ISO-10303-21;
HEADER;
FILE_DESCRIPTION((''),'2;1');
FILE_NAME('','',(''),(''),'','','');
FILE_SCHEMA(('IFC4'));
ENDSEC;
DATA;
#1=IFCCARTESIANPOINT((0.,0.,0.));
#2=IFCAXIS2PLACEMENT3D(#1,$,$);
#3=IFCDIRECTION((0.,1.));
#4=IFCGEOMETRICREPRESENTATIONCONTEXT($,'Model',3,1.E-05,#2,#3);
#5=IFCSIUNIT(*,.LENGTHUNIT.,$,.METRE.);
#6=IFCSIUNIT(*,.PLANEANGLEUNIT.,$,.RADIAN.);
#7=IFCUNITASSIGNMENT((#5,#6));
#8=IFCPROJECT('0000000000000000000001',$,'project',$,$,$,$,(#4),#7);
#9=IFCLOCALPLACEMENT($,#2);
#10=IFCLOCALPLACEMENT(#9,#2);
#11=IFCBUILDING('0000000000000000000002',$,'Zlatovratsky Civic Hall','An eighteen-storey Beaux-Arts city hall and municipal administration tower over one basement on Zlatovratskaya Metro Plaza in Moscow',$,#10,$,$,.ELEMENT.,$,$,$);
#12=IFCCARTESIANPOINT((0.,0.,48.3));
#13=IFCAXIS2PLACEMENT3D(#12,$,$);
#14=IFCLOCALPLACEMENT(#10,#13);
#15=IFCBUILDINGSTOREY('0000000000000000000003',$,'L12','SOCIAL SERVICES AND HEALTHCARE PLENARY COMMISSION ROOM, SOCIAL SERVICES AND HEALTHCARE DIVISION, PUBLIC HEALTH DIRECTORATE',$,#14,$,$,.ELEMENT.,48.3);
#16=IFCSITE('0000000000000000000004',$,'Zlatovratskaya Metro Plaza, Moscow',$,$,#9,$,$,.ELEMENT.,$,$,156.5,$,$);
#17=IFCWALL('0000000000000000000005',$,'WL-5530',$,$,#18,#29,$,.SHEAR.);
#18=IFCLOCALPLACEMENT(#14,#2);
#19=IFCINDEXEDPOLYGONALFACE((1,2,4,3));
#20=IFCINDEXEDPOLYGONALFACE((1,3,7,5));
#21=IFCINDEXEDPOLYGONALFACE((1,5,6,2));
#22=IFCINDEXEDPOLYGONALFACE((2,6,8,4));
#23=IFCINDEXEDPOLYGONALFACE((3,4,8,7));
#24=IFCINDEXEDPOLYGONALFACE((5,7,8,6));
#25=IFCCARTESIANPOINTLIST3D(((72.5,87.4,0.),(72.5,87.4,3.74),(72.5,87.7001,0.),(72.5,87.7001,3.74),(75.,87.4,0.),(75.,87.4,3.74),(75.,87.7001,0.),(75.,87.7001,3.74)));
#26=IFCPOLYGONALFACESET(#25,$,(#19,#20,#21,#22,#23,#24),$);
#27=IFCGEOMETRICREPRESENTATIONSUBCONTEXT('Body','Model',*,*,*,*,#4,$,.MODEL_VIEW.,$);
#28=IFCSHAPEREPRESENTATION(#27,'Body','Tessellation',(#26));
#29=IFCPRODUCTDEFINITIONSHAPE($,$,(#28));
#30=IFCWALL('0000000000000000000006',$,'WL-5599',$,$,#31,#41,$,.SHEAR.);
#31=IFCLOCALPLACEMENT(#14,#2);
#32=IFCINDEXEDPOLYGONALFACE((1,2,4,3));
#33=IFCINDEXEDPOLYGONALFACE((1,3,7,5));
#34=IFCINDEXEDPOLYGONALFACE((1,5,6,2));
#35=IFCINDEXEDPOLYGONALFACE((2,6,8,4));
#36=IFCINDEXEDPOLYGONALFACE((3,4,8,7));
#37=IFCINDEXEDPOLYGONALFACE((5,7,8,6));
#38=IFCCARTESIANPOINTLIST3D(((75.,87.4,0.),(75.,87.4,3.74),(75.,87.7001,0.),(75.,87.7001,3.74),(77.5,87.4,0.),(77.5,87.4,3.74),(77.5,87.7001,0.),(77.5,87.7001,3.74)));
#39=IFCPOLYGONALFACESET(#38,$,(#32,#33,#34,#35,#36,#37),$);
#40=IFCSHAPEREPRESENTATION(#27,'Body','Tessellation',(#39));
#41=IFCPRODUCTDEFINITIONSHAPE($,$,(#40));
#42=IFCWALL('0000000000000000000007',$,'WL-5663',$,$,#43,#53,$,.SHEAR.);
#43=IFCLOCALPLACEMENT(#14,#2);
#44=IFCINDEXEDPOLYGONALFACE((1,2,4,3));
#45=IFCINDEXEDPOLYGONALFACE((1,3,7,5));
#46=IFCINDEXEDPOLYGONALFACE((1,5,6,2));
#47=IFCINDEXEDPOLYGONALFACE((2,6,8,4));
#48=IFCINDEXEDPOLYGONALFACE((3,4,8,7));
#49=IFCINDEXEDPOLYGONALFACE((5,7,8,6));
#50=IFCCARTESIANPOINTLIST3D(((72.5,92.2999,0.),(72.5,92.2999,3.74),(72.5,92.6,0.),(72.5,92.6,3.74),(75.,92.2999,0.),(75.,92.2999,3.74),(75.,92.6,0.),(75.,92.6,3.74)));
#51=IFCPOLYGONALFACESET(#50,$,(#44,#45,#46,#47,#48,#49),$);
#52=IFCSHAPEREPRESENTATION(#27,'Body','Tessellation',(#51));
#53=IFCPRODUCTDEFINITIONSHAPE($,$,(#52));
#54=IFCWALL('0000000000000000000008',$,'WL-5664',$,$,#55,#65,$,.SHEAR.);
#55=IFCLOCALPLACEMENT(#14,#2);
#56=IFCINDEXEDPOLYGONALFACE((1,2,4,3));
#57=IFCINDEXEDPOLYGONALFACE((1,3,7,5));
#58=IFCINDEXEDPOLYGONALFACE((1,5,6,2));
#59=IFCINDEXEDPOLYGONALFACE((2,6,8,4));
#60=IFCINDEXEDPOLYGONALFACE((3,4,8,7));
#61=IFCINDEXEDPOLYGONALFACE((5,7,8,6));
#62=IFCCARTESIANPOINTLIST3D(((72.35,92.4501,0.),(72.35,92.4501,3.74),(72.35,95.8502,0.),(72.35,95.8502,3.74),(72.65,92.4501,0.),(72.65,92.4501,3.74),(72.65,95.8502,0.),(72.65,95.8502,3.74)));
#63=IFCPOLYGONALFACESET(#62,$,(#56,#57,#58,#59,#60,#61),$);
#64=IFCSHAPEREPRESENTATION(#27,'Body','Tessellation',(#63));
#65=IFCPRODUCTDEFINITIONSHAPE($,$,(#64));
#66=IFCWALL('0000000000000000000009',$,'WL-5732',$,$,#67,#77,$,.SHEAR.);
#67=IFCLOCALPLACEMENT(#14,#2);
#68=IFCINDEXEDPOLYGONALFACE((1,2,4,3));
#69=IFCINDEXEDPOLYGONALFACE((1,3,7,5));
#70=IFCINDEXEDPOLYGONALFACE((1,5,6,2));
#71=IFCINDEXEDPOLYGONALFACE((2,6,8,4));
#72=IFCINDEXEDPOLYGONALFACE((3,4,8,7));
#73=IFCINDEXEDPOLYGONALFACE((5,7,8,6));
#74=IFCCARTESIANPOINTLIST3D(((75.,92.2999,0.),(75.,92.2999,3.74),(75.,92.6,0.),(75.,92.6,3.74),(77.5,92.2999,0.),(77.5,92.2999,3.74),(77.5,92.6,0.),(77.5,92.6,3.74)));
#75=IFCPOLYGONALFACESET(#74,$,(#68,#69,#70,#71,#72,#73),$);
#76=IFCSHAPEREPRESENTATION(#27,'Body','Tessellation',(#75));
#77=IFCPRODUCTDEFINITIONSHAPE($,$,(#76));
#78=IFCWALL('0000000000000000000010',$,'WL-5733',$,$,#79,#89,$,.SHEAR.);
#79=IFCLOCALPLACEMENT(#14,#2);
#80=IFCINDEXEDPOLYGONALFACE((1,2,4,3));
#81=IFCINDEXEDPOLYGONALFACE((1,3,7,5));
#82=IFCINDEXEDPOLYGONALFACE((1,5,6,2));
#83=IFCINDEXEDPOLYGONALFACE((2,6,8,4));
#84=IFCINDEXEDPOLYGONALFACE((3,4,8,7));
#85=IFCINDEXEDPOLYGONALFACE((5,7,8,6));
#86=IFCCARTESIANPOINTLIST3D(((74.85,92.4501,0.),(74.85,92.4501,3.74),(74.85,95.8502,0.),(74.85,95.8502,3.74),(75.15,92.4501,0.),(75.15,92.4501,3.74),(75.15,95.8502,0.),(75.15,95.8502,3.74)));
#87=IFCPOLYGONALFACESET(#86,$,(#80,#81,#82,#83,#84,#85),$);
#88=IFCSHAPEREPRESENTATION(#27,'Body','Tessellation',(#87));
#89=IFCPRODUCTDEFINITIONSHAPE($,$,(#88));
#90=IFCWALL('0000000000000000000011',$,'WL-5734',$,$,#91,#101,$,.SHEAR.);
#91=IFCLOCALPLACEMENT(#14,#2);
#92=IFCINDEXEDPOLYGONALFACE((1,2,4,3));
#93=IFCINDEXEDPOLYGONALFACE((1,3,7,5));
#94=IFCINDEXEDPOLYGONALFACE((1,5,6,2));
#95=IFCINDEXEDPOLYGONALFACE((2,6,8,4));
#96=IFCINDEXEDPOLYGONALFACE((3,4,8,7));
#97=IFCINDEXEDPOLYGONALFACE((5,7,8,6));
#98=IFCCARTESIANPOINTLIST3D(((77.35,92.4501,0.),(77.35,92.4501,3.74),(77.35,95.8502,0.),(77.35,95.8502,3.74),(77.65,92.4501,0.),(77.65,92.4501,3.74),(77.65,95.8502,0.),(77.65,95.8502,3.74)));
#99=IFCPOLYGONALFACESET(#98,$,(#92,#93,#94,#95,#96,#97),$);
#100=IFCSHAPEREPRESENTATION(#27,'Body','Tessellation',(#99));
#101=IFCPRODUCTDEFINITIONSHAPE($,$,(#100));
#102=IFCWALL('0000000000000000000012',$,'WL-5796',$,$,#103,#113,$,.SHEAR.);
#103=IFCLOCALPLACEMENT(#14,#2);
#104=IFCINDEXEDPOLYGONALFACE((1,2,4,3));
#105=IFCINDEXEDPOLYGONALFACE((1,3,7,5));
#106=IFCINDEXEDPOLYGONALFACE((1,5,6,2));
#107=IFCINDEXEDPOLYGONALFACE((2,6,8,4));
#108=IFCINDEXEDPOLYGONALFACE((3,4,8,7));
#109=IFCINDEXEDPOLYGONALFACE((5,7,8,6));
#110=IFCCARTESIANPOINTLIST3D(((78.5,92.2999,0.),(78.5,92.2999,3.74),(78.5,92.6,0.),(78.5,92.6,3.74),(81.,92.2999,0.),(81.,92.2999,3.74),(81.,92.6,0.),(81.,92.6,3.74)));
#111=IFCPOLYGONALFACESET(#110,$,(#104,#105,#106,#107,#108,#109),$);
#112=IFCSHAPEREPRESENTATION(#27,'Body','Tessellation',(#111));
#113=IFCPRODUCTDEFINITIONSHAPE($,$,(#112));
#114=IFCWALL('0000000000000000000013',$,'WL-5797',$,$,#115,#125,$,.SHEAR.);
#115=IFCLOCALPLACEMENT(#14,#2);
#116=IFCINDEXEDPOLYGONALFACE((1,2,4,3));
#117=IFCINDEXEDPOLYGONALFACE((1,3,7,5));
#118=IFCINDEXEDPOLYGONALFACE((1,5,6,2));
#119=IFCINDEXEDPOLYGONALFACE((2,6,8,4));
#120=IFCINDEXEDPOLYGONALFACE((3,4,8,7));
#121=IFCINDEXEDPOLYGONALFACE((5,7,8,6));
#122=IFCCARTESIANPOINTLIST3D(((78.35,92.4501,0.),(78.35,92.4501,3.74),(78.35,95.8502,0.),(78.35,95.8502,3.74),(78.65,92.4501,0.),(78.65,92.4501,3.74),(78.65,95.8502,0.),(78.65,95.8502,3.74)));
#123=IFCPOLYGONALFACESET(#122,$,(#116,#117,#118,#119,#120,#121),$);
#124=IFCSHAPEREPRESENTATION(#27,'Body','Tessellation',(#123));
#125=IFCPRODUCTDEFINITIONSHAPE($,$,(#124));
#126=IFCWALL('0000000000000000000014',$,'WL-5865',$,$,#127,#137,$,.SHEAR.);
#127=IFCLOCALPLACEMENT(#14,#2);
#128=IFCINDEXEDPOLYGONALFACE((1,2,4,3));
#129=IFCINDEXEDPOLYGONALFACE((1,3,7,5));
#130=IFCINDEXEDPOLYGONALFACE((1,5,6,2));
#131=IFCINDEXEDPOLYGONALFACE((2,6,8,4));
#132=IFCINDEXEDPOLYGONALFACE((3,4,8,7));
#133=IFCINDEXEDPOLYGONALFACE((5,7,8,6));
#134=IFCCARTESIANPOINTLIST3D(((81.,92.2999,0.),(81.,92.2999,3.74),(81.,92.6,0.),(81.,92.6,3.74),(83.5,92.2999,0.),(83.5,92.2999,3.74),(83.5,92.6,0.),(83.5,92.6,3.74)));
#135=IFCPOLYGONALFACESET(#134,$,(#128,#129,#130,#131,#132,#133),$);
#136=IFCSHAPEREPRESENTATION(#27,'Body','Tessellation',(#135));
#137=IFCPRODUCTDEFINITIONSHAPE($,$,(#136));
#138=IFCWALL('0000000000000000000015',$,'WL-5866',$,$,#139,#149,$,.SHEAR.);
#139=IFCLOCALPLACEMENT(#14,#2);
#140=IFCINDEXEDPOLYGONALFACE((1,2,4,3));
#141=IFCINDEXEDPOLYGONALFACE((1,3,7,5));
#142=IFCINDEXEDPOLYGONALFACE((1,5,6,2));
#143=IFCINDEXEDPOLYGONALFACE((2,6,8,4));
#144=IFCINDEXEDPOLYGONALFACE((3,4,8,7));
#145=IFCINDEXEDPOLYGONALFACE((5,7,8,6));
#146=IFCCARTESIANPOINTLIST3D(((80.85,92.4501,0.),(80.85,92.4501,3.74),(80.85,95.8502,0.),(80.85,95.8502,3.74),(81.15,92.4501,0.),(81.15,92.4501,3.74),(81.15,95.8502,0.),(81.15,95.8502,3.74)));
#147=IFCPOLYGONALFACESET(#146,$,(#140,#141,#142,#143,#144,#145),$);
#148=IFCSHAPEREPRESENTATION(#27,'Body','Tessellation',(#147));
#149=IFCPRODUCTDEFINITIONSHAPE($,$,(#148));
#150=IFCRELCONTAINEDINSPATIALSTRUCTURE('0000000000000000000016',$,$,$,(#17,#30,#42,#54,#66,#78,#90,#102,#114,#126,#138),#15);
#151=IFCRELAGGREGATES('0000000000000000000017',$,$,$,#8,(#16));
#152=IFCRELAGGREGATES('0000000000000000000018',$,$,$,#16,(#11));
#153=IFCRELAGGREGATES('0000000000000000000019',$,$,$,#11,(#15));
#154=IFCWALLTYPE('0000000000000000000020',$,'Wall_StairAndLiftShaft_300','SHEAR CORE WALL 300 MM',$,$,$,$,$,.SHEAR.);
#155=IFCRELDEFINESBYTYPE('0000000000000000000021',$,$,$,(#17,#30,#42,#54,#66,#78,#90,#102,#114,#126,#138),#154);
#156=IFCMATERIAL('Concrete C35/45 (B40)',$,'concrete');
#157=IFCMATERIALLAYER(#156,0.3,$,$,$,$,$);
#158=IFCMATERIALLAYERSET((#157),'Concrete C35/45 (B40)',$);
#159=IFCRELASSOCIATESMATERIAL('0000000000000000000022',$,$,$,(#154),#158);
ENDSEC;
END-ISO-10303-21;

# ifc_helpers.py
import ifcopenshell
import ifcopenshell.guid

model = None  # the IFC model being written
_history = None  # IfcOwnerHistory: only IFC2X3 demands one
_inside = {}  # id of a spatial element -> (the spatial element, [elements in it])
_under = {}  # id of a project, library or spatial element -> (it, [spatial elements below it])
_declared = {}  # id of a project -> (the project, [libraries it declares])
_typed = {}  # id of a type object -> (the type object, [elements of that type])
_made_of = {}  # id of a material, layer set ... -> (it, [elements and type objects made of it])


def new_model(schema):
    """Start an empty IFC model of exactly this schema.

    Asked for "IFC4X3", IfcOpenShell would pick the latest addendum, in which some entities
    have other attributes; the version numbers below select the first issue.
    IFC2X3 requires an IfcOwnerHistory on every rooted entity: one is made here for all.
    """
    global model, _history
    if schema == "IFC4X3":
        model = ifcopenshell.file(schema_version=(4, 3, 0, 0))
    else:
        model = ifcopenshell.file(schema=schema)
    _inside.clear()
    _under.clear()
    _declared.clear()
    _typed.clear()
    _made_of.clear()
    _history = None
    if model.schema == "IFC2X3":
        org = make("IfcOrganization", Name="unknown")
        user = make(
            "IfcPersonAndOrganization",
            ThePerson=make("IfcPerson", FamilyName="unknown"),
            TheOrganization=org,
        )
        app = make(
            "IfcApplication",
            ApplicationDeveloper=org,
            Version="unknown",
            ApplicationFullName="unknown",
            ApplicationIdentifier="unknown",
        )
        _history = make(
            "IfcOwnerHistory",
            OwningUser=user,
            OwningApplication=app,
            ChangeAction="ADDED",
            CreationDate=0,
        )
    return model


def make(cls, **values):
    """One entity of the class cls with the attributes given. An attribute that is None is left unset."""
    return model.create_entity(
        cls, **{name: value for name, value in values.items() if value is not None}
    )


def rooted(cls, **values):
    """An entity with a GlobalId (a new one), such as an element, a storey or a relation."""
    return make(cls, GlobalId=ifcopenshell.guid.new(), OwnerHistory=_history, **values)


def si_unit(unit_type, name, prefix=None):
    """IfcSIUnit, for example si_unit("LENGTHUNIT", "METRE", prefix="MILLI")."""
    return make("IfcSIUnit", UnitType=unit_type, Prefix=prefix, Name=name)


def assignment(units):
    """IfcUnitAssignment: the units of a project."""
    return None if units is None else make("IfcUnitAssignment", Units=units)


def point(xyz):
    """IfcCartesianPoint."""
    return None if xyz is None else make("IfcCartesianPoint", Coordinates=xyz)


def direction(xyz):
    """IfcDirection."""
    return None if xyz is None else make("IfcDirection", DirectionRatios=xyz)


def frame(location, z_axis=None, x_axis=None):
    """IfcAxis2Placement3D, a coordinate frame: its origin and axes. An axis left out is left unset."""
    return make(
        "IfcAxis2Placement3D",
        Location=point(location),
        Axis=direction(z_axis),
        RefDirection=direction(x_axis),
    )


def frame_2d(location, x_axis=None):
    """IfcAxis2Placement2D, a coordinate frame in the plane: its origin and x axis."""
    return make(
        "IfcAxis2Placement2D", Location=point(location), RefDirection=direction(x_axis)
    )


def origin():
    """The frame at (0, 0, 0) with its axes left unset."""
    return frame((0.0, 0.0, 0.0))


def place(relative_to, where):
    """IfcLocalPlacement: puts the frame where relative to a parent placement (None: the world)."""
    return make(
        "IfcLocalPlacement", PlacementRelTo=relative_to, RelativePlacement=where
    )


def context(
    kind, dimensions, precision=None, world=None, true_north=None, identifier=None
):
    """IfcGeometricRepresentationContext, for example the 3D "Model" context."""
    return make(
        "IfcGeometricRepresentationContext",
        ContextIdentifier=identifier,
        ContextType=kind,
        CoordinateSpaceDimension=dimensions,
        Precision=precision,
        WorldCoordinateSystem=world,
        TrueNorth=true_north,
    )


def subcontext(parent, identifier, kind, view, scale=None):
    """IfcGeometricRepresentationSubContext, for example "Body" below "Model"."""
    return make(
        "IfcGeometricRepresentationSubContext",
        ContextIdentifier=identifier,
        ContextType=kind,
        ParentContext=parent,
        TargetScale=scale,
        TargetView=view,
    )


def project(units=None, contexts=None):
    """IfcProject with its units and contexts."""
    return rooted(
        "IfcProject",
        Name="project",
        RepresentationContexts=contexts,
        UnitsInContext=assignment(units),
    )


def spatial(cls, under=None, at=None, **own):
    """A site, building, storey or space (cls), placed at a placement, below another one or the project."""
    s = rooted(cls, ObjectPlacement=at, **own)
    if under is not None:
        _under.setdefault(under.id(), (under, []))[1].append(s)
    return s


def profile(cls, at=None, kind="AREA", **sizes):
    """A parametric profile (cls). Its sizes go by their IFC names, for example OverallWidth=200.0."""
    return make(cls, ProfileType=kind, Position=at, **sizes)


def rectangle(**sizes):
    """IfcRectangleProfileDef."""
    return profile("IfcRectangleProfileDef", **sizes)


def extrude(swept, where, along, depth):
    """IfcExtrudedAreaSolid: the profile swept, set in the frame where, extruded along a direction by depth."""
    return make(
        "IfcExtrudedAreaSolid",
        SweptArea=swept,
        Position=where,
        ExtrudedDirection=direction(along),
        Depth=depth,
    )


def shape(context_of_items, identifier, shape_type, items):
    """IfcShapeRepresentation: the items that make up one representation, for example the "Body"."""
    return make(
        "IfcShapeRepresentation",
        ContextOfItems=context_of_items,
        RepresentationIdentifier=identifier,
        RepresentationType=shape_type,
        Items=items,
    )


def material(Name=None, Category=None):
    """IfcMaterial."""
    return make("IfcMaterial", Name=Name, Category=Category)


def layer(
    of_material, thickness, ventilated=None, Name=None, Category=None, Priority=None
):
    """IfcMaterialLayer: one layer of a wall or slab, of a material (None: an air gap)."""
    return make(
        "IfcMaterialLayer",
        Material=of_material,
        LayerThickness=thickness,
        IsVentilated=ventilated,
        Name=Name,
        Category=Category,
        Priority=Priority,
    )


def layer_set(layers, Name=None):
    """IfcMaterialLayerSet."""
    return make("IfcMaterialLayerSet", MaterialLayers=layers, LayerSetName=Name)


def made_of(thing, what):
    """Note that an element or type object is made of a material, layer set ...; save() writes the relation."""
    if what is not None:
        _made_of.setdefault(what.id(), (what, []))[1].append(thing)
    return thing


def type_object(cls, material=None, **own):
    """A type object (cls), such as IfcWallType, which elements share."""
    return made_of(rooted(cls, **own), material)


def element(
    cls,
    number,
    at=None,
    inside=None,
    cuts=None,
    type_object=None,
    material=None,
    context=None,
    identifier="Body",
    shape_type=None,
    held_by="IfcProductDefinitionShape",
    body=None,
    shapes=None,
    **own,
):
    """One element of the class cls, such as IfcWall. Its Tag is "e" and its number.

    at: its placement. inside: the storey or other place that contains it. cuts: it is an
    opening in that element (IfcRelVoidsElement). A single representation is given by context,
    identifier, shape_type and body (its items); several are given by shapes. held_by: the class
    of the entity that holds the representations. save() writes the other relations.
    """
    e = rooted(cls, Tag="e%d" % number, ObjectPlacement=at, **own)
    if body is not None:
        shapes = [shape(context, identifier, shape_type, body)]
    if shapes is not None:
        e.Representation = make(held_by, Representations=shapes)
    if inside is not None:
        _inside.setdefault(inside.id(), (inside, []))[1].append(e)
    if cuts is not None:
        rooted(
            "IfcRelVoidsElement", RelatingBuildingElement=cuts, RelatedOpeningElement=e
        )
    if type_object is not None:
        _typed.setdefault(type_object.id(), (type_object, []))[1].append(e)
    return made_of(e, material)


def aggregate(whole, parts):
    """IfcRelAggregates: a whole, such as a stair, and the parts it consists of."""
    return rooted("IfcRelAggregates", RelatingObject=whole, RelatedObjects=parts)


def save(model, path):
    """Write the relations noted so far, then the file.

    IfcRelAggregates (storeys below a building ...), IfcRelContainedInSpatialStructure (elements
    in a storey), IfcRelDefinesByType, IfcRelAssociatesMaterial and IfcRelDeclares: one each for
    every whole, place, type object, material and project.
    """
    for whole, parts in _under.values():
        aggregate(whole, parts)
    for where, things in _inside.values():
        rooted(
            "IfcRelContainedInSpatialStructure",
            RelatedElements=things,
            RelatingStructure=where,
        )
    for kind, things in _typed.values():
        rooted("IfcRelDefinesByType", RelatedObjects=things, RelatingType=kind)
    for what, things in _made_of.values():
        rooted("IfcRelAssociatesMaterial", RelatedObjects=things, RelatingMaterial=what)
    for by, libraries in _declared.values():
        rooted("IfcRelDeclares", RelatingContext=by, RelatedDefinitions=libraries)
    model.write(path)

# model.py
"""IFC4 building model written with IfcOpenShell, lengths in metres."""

from ifc_helpers import new_model, si_unit, direction, frame, frame_2d, origin, place, context, subcontext, project, spatial, rectangle, extrude, material, layer, layer_set, type_object, element, save


model = new_model("IFC4")

# Units and contexts
model_context = context("Model", 3, precision=1e-05, world=origin(), true_north=direction((0.0, 1.0)))
body_context = subcontext(model_context, "Body", "Model", "MODEL_VIEW")
ifc_project = project(units=[si_unit("LENGTHUNIT", "METRE"), si_unit("PLANEANGLEUNIT", "RADIAN")], contexts=[model_context])

# Site, building, storey
site_placement = place(None, origin())
site = spatial("IfcSite", under=ifc_project, at=site_placement, Name="Zlatovratskaya Metro Plaza, Moscow", CompositionType="ELEMENT", RefElevation=156.5)
building_placement = place(site_placement, origin())
building = spatial("IfcBuilding", under=site, at=building_placement, Name="Zlatovratsky Civic Hall", Description="An eighteen-storey Beaux-Arts city hall and municipal administration tower over one basement on Zlatovratskaya Metro Plaza in Moscow", CompositionType="ELEMENT")
storey_placement = place(building_placement, frame((0.0, 0.0, 48.3)))
storey = spatial("IfcBuildingStorey", under=building, at=storey_placement, Name="L12", Description="SOCIAL SERVICES AND HEALTHCARE PLENARY COMMISSION ROOM, SOCIAL SERVICES AND HEALTHCARE DIVISION, PUBLIC HEALTH DIRECTORATE", CompositionType="ELEMENT", Elevation=48.3)

# Shared definitions
ifc_material_1 = material(Name="Concrete C35/45 (B40)", Category="concrete")

# Walls
ifc_layer_1 = layer(ifc_material_1, 0.3)
ifc_layer_set_1 = layer_set([ifc_layer_1], Name="Concrete C35/45 (B40)")
wall_type_1 = type_object("IfcWallType", Name="Wall_StairAndLiftShaft_300", Description="SHEAR CORE WALL 300 MM", PredefinedType="SHEAR", material=ifc_layer_set_1)
for number, where, z_axis, x_axis, name in (
    (1, (72.5, 87.55, 0.0), (0.0, 0.0, 1.0), (1.0, 0.0, 0.0), "WL-5530"),
    (2, (75.0, 87.55, 0.0), (0.0, 0.0, 1.0), (1.0, 0.0, 0.0), "WL-5599"),
):
    element("IfcWall", number, at=place(storey_placement, frame(where, z_axis=z_axis, x_axis=x_axis)), inside=storey, type_object=wall_type_1, Name=name, PredefinedType="SHEAR", context=body_context, shape_type="SweptSolid", body=[
        extrude(rectangle(XDim=2.5, YDim=0.3, at=frame_2d((1.25, 0.0))), origin(), (0.0, 0.0, 1.0), 3.74),
    ])

# Walls
wall_1_placement = place(storey_placement, frame((72.5, 92.45, 0.0), z_axis=(0.0, 0.0, 1.0), x_axis=(1.0, 0.0, 0.0)))
element("IfcWall", 3, at=wall_1_placement, inside=storey, type_object=wall_type_1, Name="WL-5663", PredefinedType="SHEAR", context=body_context, shape_type="SweptSolid", body=[
    extrude(rectangle(XDim=2.5, YDim=0.3, at=frame_2d((1.25, 0.0))), origin(), (0.0, 0.0, 1.0), 3.74),
])
wall_2_placement = place(storey_placement, frame((72.5, 92.45, 0.0), z_axis=(0.0, 0.0, 1.0), x_axis=(0.0, 1.0, 0.0)))
element("IfcWall", 4, at=wall_2_placement, inside=storey, type_object=wall_type_1, Name="WL-5664", PredefinedType="SHEAR", context=body_context, shape_type="SweptSolid", body=[
    extrude(rectangle(XDim=3.4001, YDim=0.3, at=frame_2d((1.7002, 0.0))), origin(), (0.0, 0.0, 1.0), 3.74),
])

# Walls
wall_3_placement = place(storey_placement, frame((75.0, 92.45, 0.0), z_axis=(0.0, 0.0, 1.0), x_axis=(1.0, 0.0, 0.0)))
element("IfcWall", 5, at=wall_3_placement, inside=storey, type_object=wall_type_1, Name="WL-5732", PredefinedType="SHEAR", context=body_context, shape_type="SweptSolid", body=[
    extrude(rectangle(XDim=2.5, YDim=0.3, at=frame_2d((1.25, 0.0))), origin(), (0.0, 0.0, 1.0), 3.74),
])
for number, where, z_axis, x_axis, name in (
    (6, (75.0, 92.45, 0.0), (0.0, 0.0, 1.0), (0.0, 1.0, 0.0), "WL-5733"),
    (7, (77.5, 92.45, 0.0), (0.0, 0.0, 1.0), (0.0, 1.0, 0.0), "WL-5734"),
):
    element("IfcWall", number, at=place(storey_placement, frame(where, z_axis=z_axis, x_axis=x_axis)), inside=storey, type_object=wall_type_1, Name=name, PredefinedType="SHEAR", context=body_context, shape_type="SweptSolid", body=[
        extrude(rectangle(XDim=3.4001, YDim=0.3, at=frame_2d((1.7002, 0.0))), origin(), (0.0, 0.0, 1.0), 3.74),
    ])

# Walls
wall_4_placement = place(storey_placement, frame((78.5, 92.45, 0.0), z_axis=(0.0, 0.0, 1.0), x_axis=(1.0, 0.0, 0.0)))
element("IfcWall", 8, at=wall_4_placement, inside=storey, type_object=wall_type_1, Name="WL-5796", PredefinedType="SHEAR", context=body_context, shape_type="SweptSolid", body=[
    extrude(rectangle(XDim=2.5, YDim=0.3, at=frame_2d((1.25, 0.0))), origin(), (0.0, 0.0, 1.0), 3.74),
])
wall_5_placement = place(storey_placement, frame((78.5, 92.45, 0.0), z_axis=(0.0, 0.0, 1.0), x_axis=(0.0, 1.0, 0.0)))
element("IfcWall", 9, at=wall_5_placement, inside=storey, type_object=wall_type_1, Name="WL-5797", PredefinedType="SHEAR", context=body_context, shape_type="SweptSolid", body=[
    extrude(rectangle(XDim=3.4001, YDim=0.3, at=frame_2d((1.7002, 0.0))), origin(), (0.0, 0.0, 1.0), 3.74),
])
wall_6_placement = place(storey_placement, frame((81.0, 92.45, 0.0), z_axis=(0.0, 0.0, 1.0), x_axis=(1.0, 0.0, 0.0)))
element("IfcWall", 10, at=wall_6_placement, inside=storey, type_object=wall_type_1, Name="WL-5865", PredefinedType="SHEAR", context=body_context, shape_type="SweptSolid", body=[
    extrude(rectangle(XDim=2.5, YDim=0.3, at=frame_2d((1.25, 0.0))), origin(), (0.0, 0.0, 1.0), 3.74),
])
wall_7_placement = place(storey_placement, frame((81.0, 92.45, 0.0), z_axis=(0.0, 0.0, 1.0), x_axis=(0.0, 1.0, 0.0)))
element("IfcWall", 11, at=wall_7_placement, inside=storey, type_object=wall_type_1, Name="WL-5866", PredefinedType="SHEAR", context=body_context, shape_type="SweptSolid", body=[
    extrude(rectangle(XDim=3.4001, YDim=0.3, at=frame_2d((1.7002, 0.0))), origin(), (0.0, 0.0, 1.0), 3.74),
])

save(model, "model.ifc")
